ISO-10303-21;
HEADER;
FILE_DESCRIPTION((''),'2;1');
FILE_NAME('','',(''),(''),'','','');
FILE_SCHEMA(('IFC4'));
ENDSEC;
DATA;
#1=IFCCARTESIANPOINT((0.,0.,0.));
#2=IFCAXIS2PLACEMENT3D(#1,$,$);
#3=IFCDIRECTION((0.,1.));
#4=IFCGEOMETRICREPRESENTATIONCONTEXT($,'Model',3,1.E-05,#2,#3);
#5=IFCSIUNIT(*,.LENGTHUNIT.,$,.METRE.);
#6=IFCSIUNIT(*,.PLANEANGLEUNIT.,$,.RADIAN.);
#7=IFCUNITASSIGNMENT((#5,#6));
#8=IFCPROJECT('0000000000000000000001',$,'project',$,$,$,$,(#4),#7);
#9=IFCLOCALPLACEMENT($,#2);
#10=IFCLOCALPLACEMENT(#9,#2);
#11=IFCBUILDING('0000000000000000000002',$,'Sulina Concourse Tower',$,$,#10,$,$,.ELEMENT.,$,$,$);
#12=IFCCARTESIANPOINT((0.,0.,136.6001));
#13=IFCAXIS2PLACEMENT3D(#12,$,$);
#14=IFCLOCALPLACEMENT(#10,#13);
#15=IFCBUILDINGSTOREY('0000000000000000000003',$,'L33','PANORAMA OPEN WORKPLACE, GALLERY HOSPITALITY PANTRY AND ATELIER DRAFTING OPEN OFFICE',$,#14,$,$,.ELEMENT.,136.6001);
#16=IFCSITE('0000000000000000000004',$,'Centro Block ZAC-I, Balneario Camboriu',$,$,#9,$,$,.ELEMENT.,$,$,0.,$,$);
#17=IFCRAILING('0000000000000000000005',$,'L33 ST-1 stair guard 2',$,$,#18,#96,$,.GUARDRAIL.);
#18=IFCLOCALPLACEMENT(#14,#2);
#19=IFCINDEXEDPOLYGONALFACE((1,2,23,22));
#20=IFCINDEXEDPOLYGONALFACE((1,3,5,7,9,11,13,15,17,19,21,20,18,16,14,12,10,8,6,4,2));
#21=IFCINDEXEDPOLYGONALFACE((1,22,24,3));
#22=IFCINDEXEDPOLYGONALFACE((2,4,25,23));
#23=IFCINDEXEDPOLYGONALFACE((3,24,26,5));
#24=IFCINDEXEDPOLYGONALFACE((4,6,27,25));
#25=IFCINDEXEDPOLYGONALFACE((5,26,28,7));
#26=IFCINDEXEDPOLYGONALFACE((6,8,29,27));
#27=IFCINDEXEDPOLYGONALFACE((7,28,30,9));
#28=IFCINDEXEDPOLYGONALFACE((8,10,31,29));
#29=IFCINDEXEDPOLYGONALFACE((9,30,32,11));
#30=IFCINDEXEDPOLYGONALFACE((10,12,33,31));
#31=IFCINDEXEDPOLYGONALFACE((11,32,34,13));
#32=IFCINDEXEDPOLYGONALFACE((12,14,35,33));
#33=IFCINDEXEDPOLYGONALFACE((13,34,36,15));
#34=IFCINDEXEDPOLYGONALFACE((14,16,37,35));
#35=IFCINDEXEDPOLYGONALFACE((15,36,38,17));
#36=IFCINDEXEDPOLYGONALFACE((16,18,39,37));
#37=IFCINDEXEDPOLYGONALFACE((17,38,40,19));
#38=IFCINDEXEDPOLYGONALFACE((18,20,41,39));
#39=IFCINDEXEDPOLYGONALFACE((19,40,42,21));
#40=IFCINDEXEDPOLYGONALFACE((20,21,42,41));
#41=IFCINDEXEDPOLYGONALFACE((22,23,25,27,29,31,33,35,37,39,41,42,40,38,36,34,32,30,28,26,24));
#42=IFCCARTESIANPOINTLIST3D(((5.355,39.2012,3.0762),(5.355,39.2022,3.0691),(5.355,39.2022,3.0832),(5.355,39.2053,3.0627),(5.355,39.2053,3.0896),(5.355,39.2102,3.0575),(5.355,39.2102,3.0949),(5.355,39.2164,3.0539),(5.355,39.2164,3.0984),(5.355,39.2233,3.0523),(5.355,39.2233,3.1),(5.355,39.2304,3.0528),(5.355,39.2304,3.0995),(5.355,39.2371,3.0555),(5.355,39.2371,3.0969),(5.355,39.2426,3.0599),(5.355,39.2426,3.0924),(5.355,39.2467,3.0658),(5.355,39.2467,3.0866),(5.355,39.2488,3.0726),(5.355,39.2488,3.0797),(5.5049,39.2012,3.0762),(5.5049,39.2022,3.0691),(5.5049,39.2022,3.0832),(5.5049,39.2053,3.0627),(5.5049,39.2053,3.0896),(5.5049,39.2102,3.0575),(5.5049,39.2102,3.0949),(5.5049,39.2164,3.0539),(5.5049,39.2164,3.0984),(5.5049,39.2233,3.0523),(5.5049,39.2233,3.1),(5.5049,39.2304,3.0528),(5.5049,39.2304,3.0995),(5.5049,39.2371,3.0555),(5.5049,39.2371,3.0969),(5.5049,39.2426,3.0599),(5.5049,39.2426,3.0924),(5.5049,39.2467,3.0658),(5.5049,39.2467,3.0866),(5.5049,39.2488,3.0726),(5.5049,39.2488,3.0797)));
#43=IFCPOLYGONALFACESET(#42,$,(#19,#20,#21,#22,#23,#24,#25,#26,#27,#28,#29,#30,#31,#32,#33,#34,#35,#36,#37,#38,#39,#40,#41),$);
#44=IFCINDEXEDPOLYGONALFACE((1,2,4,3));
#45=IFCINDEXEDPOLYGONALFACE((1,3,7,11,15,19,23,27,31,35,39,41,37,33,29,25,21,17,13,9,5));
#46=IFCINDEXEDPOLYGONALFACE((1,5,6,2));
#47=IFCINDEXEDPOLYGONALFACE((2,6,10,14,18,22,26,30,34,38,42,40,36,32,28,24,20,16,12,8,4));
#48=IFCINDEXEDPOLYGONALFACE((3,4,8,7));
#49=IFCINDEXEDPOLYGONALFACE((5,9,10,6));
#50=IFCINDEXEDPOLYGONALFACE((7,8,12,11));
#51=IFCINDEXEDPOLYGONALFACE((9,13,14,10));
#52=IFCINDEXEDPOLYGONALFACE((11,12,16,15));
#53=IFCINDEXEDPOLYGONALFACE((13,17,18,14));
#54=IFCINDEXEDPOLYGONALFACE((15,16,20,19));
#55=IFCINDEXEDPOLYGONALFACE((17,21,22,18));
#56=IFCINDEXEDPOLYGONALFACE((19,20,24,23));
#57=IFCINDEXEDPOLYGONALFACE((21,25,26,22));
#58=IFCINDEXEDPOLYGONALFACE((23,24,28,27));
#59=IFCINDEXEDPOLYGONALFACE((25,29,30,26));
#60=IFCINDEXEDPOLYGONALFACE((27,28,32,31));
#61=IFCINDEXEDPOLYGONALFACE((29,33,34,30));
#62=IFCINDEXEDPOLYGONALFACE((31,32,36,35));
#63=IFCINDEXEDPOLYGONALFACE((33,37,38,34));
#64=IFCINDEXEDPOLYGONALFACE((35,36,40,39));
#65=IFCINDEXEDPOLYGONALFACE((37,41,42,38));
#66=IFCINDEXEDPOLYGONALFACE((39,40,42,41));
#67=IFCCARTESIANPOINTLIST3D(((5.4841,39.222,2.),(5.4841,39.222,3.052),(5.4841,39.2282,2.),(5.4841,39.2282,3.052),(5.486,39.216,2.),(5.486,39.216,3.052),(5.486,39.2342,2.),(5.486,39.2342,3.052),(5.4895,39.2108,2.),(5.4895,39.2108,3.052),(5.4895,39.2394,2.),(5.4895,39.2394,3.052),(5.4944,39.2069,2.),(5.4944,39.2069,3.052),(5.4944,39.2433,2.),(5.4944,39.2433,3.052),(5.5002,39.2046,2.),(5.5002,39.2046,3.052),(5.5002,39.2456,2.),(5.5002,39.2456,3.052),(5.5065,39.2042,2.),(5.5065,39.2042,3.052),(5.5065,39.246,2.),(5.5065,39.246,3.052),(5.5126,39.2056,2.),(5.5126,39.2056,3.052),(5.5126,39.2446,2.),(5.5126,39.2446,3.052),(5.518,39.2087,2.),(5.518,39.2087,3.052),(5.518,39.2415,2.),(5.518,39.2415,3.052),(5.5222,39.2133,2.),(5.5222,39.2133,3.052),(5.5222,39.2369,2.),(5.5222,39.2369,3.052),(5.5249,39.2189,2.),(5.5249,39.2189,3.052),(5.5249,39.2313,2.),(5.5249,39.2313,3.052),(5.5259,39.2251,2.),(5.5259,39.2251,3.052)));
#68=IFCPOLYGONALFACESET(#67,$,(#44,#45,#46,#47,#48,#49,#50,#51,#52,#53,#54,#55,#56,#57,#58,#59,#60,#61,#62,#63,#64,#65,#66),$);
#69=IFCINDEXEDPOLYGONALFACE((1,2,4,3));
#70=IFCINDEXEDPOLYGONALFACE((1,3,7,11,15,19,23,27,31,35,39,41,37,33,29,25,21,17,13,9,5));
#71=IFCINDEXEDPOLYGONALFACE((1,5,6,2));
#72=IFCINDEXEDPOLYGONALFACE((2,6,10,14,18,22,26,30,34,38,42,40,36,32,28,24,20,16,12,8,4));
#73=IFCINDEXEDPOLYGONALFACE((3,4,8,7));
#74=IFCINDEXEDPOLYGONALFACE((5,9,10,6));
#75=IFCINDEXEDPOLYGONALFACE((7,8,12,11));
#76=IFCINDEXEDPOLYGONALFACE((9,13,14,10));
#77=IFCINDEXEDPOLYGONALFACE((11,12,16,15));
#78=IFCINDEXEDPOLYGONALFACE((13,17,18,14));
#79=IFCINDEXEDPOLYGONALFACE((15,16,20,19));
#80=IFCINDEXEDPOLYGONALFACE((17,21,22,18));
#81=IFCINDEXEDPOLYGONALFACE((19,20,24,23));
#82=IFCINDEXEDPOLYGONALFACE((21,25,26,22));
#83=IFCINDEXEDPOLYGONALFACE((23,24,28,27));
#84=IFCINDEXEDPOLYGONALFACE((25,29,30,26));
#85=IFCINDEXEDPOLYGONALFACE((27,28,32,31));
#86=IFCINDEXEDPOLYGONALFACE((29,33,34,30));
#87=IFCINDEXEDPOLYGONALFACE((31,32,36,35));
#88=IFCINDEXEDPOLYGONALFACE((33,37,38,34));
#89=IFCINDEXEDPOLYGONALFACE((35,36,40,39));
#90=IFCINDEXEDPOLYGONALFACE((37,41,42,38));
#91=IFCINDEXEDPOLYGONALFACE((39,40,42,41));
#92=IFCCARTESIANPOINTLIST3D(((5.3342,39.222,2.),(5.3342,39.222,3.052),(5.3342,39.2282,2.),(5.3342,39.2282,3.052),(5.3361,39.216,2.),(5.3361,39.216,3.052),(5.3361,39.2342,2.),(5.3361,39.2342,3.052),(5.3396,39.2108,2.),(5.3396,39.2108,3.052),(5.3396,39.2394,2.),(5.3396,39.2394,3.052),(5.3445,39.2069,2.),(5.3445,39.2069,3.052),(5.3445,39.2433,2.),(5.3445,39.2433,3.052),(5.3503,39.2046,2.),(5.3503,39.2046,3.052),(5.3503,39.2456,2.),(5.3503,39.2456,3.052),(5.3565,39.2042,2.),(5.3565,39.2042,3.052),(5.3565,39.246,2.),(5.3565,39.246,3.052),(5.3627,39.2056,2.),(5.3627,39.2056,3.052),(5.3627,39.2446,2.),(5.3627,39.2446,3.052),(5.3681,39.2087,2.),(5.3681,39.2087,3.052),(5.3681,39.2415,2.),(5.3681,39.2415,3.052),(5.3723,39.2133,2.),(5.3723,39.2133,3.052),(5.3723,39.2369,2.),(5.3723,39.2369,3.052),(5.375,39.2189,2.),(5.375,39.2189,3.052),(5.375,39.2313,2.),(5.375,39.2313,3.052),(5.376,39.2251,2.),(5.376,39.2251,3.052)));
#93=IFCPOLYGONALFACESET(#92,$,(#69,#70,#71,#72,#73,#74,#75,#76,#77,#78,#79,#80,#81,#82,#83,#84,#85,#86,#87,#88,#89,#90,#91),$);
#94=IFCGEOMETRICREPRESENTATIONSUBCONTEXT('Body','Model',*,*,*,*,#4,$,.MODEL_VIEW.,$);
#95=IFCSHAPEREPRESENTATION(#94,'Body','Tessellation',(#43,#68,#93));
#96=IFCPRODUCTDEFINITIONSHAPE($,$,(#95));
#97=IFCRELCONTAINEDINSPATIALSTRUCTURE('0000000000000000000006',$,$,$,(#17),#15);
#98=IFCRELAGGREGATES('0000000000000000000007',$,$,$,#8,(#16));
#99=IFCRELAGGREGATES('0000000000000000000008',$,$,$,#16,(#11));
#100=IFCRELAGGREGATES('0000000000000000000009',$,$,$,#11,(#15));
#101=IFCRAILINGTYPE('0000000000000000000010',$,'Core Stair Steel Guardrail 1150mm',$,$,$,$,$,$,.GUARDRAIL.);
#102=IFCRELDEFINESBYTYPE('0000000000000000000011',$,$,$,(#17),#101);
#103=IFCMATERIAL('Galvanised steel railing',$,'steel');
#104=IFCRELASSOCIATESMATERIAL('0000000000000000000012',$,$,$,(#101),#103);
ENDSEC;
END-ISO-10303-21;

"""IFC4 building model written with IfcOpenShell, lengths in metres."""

from ifc_helpers import new_model, si_unit, direction, frame, origin, origin_2d, place, context, subcontext, project, spatial, circle, extrude, material, type_object, element, save


model = new_model("IFC4")

# Units and contexts
model_context = context("Model", 3, precision=1e-05, world=origin(), true_north=direction((0.0, 1.0)))
body_context = subcontext(model_context, "Body", "Model", "MODEL_VIEW")
ifc_project = project(units=[si_unit("LENGTHUNIT", "METRE"), si_unit("PLANEANGLEUNIT", "RADIAN")], contexts=[model_context])

# Site, building, storey
site_placement = place(None, origin())
site = spatial("IfcSite", under=ifc_project, at=site_placement, Name="Centro Block ZAC-I, Balneario Camboriu", CompositionType="ELEMENT", RefElevation=0.0)
building_placement = place(site_placement, origin())
building = spatial("IfcBuilding", under=site, at=building_placement, Name="Sulina Concourse Tower", CompositionType="ELEMENT")
storey_placement = place(building_placement, frame((0.0, 0.0, 136.6001)))
storey = spatial("IfcBuildingStorey", under=building, at=storey_placement, Name="L33", Description="PANORAMA OPEN WORKPLACE, GALLERY HOSPITALITY PANTRY AND ATELIER DRAFTING OPEN OFFICE", CompositionType="ELEMENT", Elevation=136.6001)

# Railing
ifc_material_1 = material(Name="Galvanised steel railing", Category="steel")
railing_type_1 = type_object("IfcRailingType", Name="Core Stair Steel Guardrail 1150mm", PredefinedType="GUARDRAIL", material=ifc_material_1)
railing_1_placement = place(storey_placement, frame((5.5049, 39.2251, 2.0)))
element("IfcRailing", 1, at=railing_1_placement, inside=storey, type_object=railing_type_1, Name="L33 ST-1 stair guard 2", PredefinedType="GUARDRAIL", context=body_context, shape_type="SweptSolid", body=[
    extrude(circle(Radius=0.0239, at=origin_2d()), frame((0.0, 0.0, 1.0762), z_axis=(-1.0, 0.0, 0.0), x_axis=(0.0, -1.0, 0.0)), (0.0, 0.0, 1.0), 0.1499),
    extrude(circle(Radius=0.021, at=origin_2d()), origin(), (0.0, 0.0, 1.0), 1.052),
    extrude(circle(Radius=0.021, at=origin_2d()), frame((-0.1499, 0.0, 0.0)), (0.0, 0.0, 1.0), 1.052),
])

save(model, "model.ifc")
